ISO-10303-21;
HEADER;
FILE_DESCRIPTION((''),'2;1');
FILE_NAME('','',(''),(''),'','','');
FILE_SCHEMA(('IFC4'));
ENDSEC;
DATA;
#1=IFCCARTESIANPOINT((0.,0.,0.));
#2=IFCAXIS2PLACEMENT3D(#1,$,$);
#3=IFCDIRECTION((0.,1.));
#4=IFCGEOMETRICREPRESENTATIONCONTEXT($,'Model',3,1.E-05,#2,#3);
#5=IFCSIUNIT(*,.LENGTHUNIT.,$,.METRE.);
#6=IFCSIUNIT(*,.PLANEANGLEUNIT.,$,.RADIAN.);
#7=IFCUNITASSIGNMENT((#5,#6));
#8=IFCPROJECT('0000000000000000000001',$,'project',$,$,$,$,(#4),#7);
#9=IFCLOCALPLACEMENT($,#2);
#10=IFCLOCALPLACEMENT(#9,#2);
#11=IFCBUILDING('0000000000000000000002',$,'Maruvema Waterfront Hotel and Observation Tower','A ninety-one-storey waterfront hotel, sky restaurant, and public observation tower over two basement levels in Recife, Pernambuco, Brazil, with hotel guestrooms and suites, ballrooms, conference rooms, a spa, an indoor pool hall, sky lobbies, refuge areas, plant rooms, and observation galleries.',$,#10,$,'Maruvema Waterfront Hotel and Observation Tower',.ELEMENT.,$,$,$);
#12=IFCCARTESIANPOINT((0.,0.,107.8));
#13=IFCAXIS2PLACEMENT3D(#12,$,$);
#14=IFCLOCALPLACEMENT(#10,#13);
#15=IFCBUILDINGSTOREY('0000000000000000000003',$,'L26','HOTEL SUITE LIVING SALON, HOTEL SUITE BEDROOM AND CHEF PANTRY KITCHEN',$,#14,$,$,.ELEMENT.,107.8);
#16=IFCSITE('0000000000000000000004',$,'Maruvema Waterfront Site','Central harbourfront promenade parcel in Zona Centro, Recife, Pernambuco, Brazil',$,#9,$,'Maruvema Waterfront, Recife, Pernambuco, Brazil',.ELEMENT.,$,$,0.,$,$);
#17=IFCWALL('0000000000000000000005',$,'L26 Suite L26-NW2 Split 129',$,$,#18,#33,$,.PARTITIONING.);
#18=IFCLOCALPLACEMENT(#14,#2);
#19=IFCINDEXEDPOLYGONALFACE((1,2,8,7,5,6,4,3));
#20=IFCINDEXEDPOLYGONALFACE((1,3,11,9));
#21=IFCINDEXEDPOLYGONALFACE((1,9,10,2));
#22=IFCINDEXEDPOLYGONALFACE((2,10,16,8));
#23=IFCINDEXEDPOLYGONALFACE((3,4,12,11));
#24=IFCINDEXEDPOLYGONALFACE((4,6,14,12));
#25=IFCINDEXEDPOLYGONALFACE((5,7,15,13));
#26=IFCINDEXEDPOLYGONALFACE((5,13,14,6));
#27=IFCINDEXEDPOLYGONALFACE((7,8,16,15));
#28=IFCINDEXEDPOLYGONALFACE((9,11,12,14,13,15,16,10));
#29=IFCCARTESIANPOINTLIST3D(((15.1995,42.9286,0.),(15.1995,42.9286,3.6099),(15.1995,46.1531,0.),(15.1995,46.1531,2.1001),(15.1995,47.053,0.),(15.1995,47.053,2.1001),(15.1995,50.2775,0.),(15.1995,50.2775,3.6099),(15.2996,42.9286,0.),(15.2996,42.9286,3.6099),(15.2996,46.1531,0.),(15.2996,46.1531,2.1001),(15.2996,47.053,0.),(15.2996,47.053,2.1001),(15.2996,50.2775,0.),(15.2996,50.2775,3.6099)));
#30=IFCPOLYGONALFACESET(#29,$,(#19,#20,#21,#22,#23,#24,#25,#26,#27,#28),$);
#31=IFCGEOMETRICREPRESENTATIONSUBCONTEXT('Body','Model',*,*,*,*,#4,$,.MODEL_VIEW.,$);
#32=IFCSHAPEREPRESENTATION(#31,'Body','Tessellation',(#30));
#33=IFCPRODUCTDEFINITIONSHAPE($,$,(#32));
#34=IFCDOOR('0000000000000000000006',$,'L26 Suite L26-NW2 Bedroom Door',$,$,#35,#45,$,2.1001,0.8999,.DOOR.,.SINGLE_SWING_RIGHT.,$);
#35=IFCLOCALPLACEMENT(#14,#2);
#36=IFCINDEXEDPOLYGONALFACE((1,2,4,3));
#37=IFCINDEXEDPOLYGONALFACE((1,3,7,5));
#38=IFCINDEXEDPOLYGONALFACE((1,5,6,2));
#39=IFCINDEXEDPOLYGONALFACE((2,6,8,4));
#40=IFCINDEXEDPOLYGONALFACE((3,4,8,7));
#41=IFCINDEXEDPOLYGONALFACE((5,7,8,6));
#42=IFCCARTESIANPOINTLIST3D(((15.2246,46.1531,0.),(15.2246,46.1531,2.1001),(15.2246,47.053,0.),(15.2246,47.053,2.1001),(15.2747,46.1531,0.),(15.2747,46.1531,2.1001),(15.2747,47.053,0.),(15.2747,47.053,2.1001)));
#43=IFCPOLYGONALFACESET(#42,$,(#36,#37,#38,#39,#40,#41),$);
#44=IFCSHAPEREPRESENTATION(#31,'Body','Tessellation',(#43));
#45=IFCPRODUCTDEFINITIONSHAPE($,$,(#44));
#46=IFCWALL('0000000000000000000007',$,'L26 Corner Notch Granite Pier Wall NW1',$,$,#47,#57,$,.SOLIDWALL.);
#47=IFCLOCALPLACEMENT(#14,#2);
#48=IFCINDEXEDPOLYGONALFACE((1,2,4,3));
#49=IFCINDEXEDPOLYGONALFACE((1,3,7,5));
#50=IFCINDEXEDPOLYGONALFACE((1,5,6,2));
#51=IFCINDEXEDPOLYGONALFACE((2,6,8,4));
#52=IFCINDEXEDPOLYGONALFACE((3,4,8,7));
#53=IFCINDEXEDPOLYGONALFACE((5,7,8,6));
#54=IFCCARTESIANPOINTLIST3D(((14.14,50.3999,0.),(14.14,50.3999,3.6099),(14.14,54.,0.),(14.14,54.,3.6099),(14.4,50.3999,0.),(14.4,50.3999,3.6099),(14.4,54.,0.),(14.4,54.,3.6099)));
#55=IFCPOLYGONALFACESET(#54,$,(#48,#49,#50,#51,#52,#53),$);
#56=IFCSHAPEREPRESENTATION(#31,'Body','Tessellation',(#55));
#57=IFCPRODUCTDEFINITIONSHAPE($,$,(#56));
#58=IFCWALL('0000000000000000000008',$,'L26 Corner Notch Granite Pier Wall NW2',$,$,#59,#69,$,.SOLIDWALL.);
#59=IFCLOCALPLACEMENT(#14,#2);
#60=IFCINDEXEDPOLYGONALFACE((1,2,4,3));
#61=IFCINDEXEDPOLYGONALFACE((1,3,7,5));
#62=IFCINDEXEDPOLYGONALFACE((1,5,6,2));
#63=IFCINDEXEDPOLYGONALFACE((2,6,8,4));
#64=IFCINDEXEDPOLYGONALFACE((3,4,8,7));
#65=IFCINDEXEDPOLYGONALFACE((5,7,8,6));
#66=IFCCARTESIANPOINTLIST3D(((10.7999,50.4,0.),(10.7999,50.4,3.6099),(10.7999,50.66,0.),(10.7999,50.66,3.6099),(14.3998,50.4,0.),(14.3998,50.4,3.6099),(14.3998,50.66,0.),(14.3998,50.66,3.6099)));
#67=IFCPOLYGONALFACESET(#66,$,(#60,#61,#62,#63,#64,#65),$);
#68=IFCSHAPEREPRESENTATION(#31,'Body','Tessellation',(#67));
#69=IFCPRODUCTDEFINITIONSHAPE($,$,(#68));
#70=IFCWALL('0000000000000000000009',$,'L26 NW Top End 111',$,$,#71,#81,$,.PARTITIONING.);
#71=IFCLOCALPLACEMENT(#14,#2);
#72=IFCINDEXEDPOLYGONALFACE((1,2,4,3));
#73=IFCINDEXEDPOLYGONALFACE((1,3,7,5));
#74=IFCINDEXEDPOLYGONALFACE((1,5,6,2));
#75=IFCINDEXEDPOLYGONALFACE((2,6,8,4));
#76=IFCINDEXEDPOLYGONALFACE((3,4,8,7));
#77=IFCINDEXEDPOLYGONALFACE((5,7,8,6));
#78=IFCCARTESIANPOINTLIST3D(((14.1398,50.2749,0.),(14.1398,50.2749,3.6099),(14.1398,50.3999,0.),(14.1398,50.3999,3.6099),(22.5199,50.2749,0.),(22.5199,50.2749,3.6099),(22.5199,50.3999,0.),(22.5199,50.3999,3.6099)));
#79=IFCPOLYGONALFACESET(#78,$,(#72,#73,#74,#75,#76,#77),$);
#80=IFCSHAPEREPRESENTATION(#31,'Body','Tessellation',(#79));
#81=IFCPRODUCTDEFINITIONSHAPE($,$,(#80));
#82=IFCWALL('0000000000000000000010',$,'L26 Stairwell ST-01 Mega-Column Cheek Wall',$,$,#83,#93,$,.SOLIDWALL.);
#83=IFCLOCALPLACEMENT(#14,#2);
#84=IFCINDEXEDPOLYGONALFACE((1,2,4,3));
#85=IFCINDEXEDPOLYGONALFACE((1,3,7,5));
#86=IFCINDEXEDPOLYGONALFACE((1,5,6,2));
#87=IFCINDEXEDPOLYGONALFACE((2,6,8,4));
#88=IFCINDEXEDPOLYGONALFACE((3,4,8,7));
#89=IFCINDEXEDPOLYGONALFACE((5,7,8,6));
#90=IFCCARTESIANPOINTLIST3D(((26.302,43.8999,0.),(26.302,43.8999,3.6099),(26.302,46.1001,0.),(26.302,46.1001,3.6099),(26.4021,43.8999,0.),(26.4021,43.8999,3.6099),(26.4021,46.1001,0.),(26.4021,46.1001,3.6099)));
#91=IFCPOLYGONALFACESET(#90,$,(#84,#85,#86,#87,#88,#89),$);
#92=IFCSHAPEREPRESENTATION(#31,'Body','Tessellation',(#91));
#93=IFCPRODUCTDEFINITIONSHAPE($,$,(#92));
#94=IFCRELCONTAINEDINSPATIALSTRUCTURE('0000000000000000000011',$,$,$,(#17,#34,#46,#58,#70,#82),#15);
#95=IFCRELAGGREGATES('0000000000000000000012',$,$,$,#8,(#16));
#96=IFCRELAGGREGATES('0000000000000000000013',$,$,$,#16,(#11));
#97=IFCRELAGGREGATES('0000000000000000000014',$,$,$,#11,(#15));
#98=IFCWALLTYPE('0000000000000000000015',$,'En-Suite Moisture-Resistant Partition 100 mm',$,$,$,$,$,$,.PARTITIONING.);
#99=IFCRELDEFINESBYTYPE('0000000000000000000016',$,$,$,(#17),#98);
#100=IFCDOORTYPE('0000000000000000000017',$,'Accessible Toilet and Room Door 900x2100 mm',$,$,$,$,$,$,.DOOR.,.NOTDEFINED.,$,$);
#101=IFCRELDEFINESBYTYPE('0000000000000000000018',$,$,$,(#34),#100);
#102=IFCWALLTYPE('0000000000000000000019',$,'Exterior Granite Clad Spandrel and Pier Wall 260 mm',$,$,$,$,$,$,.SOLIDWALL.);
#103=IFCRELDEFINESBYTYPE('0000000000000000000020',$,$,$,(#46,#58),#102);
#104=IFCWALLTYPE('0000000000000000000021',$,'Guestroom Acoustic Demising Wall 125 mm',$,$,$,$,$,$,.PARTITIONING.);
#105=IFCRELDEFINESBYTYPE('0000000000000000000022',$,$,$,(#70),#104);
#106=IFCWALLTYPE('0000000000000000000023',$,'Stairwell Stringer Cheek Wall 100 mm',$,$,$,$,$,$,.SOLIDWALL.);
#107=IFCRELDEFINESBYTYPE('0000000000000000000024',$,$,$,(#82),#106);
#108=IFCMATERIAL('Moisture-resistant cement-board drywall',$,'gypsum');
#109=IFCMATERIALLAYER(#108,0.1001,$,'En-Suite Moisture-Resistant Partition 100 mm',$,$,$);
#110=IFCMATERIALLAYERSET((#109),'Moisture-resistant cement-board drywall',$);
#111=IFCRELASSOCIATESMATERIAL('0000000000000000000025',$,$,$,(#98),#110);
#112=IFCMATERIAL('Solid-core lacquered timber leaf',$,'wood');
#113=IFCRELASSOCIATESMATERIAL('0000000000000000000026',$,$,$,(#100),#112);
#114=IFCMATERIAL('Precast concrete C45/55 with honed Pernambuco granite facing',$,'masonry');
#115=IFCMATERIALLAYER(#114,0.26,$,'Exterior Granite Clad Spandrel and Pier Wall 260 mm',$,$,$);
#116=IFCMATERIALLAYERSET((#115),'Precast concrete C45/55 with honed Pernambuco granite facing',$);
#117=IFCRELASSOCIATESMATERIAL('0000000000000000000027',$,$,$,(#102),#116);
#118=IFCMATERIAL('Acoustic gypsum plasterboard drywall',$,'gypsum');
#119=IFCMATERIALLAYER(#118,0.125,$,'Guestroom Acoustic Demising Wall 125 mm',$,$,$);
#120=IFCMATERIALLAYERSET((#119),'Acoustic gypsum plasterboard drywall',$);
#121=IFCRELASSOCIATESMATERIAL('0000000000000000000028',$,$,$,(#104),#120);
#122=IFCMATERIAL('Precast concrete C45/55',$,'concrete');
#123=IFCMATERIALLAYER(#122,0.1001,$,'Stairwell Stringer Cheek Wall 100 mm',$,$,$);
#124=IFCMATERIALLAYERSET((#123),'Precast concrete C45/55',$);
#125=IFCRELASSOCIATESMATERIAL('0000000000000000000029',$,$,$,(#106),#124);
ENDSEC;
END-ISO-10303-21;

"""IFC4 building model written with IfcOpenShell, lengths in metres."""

from ifc_helpers import new_model, si_unit, direction, frame, frame_2d, origin, place, context, subcontext, project, spatial, rectangle, extrude, material, layer, layer_set, type_object, element, fill, save


model = new_model("IFC4")

# Units and contexts
model_context = context("Model", 3, precision=1e-05, world=origin(), true_north=direction((0.0, 1.0)))
body_context = subcontext(model_context, "Body", "Model", "MODEL_VIEW")
ifc_project = project(units=[si_unit("LENGTHUNIT", "METRE"), si_unit("PLANEANGLEUNIT", "RADIAN")], contexts=[model_context])

# Site, building, storey
site_placement = place(None, origin())
site = spatial("IfcSite", under=ifc_project, at=site_placement, Name="Maruvema Waterfront Site", Description="Central harbourfront promenade parcel in Zona Centro, Recife, Pernambuco, Brazil", LongName="Maruvema Waterfront, Recife, Pernambuco, Brazil", CompositionType="ELEMENT", RefElevation=0.0)
building_placement = place(site_placement, origin())
building = spatial("IfcBuilding", under=site, at=building_placement, Name="Maruvema Waterfront Hotel and Observation Tower", Description="A ninety-one-storey waterfront hotel, sky restaurant, and public observation tower over two basement levels in Recife, Pernambuco, Brazil, with hotel guestrooms and suites, ballrooms, conference rooms, a spa, an indoor pool hall, sky lobbies, refuge areas, plant rooms, and observation galleries.", LongName="Maruvema Waterfront Hotel and Observation Tower", CompositionType="ELEMENT")
storey_placement = place(building_placement, frame((0.0, 0.0, 107.8)))
storey = spatial("IfcBuildingStorey", under=building, at=storey_placement, Name="L26", Description="HOTEL SUITE LIVING SALON, HOTEL SUITE BEDROOM AND CHEF PANTRY KITCHEN", CompositionType="ELEMENT", Elevation=107.8)

# Shared definitions
ifc_material_1 = material(Name="Moisture-resistant cement-board drywall", Category="gypsum")
ifc_layer_1 = layer(ifc_material_1, 0.1001, Name="En-Suite Moisture-Resistant Partition 100 mm")
ifc_layer_set_1 = layer_set([ifc_layer_1], Name="Moisture-resistant cement-board drywall")
wall_type_1 = type_object("IfcWallType", Name="En-Suite Moisture-Resistant Partition 100 mm", PredefinedType="PARTITIONING", material=ifc_layer_set_1)

# Wall, opening, door
wall_1_placement = place(storey_placement, frame((15.2495, 42.9287, 0.0), z_axis=(0.0, 0.0, 1.0), x_axis=(0.0, 1.0, 0.0)))
wall_1 = element("IfcWall", 1, at=wall_1_placement, inside=storey, type_object=wall_type_1, Name="L26 Suite L26-NW2 Split 129", PredefinedType="PARTITIONING", context=body_context, shape_type="SweptSolid", body=[
    extrude(rectangle(XDim=7.3489, YDim=0.1001, at=frame_2d((3.6743, 0.0))), origin(), (0.0, 0.0, 1.0), 3.6099),
])
opening_1_placement = place(wall_1_placement, frame((3.2244, 0.0, 0.0)))
opening_1 = element("IfcOpeningElement", 2, at=opening_1_placement, cuts=wall_1, PredefinedType="OPENING", context=body_context, shape_type="SweptSolid", body=[
    extrude(rectangle(XDim=0.8999, YDim=2.1001, at=frame_2d((0.45, 1.05))), frame((0.0, 0.0601, 0.0), z_axis=(0.0, -1.0, 0.0), x_axis=(1.0, 0.0, 0.0)), (0.0, 0.0, 1.0), 0.1201),
])
ifc_material_2 = material(Name="Solid-core lacquered timber leaf", Category="wood")
door_type_1 = type_object("IfcDoorType", Name="Accessible Toilet and Room Door 900x2100 mm", OperationType="NOTDEFINED", PredefinedType="DOOR", material=ifc_material_2)
door_1_placement = place(opening_1_placement, origin())
door_1 = element("IfcDoor", 3, at=door_1_placement, inside=storey, type_object=door_type_1, Name="L26 Suite L26-NW2 Bedroom Door", OperationType="SINGLE_SWING_RIGHT", OverallHeight=2.1001, OverallWidth=0.8999, PredefinedType="DOOR", context=body_context, shape_type="SweptSolid", body=[
    extrude(rectangle(XDim=0.8999, YDim=2.1001, at=frame_2d((0.45, 1.05))), frame((0.0, 0.0249, 0.0), z_axis=(0.0, -1.0, 0.0), x_axis=(1.0, 0.0, 0.0)), (0.0, 0.0, 1.0), 0.05),
])
fill(opening_1, door_1)

# Walls
ifc_material_3 = material(Name="Precast concrete C45/55 with honed Pernambuco granite facing", Category="masonry")
ifc_layer_2 = layer(ifc_material_3, 0.26, Name="Exterior Granite Clad Spandrel and Pier Wall 260 mm")
ifc_layer_set_2 = layer_set([ifc_layer_2], Name="Precast concrete C45/55 with honed Pernambuco granite facing")
wall_type_2 = type_object("IfcWallType", Name="Exterior Granite Clad Spandrel and Pier Wall 260 mm", PredefinedType="SOLIDWALL", material=ifc_layer_set_2)
wall_2_placement = place(storey_placement, frame((14.27, 50.3999, 0.0), z_axis=(0.0, 0.0, 1.0), x_axis=(0.0, 1.0, 0.0)))
element("IfcWall", 4, at=wall_2_placement, inside=storey, type_object=wall_type_2, Name="L26 Corner Notch Granite Pier Wall NW1", PredefinedType="SOLIDWALL", context=body_context, shape_type="SweptSolid", body=[
    extrude(rectangle(XDim=3.6001, YDim=0.26, at=frame_2d((1.8, 0.0))), origin(), (0.0, 0.0, 1.0), 3.6099),
])
wall_3_placement = place(storey_placement, frame((10.8, 50.53, 0.0), z_axis=(0.0, 0.0, 1.0), x_axis=(1.0, 0.0, 0.0)))
element("IfcWall", 5, at=wall_3_placement, inside=storey, type_object=wall_type_2, Name="L26 Corner Notch Granite Pier Wall NW2", PredefinedType="SOLIDWALL", context=body_context, shape_type="SweptSolid", body=[
    extrude(rectangle(XDim=3.5999, YDim=0.26, at=frame_2d((1.7998, 0.0))), origin(), (0.0, 0.0, 1.0), 3.6099),
])
ifc_material_4 = material(Name="Acoustic gypsum plasterboard drywall", Category="gypsum")
ifc_layer_3 = layer(ifc_material_4, 0.125, Name="Guestroom Acoustic Demising Wall 125 mm")
ifc_layer_set_3 = layer_set([ifc_layer_3], Name="Acoustic gypsum plasterboard drywall")
wall_type_3 = type_object("IfcWallType", Name="Guestroom Acoustic Demising Wall 125 mm", PredefinedType="PARTITIONING", material=ifc_layer_set_3)
wall_4_placement = place(storey_placement, frame((14.1399, 50.3374, 0.0), z_axis=(0.0, 0.0, 1.0), x_axis=(1.0, 0.0, 0.0)))
element("IfcWall", 6, at=wall_4_placement, inside=storey, type_object=wall_type_3, Name="L26 NW Top End 111", PredefinedType="PARTITIONING", context=body_context, shape_type="SweptSolid", body=[
    extrude(rectangle(XDim=8.3801, YDim=0.125, at=frame_2d((4.1899, 0.0))), origin(), (0.0, 0.0, 1.0), 3.6099),
])
ifc_material_5 = material(Name="Precast concrete C45/55", Category="concrete")
ifc_layer_4 = layer(ifc_material_5, 0.1001, Name="Stairwell Stringer Cheek Wall 100 mm")
ifc_layer_set_4 = layer_set([ifc_layer_4], Name="Precast concrete C45/55")
wall_type_4 = type_object("IfcWallType", Name="Stairwell Stringer Cheek Wall 100 mm", PredefinedType="SOLIDWALL", material=ifc_layer_set_4)
wall_5_placement = place(storey_placement, frame((26.3521, 43.8999, 0.0), z_axis=(0.0, 0.0, 1.0), x_axis=(0.0, 1.0, 0.0)))
element("IfcWall", 7, at=wall_5_placement, inside=storey, type_object=wall_type_4, Name="L26 Stairwell ST-01 Mega-Column Cheek Wall", PredefinedType="SOLIDWALL", context=body_context, shape_type="SweptSolid", body=[
    extrude(rectangle(XDim=2.2002, YDim=0.1001, at=frame_2d((1.1001, 0.0))), origin(), (0.0, 0.0, 1.0), 3.6099),
])

save(model, "model.ifc")
